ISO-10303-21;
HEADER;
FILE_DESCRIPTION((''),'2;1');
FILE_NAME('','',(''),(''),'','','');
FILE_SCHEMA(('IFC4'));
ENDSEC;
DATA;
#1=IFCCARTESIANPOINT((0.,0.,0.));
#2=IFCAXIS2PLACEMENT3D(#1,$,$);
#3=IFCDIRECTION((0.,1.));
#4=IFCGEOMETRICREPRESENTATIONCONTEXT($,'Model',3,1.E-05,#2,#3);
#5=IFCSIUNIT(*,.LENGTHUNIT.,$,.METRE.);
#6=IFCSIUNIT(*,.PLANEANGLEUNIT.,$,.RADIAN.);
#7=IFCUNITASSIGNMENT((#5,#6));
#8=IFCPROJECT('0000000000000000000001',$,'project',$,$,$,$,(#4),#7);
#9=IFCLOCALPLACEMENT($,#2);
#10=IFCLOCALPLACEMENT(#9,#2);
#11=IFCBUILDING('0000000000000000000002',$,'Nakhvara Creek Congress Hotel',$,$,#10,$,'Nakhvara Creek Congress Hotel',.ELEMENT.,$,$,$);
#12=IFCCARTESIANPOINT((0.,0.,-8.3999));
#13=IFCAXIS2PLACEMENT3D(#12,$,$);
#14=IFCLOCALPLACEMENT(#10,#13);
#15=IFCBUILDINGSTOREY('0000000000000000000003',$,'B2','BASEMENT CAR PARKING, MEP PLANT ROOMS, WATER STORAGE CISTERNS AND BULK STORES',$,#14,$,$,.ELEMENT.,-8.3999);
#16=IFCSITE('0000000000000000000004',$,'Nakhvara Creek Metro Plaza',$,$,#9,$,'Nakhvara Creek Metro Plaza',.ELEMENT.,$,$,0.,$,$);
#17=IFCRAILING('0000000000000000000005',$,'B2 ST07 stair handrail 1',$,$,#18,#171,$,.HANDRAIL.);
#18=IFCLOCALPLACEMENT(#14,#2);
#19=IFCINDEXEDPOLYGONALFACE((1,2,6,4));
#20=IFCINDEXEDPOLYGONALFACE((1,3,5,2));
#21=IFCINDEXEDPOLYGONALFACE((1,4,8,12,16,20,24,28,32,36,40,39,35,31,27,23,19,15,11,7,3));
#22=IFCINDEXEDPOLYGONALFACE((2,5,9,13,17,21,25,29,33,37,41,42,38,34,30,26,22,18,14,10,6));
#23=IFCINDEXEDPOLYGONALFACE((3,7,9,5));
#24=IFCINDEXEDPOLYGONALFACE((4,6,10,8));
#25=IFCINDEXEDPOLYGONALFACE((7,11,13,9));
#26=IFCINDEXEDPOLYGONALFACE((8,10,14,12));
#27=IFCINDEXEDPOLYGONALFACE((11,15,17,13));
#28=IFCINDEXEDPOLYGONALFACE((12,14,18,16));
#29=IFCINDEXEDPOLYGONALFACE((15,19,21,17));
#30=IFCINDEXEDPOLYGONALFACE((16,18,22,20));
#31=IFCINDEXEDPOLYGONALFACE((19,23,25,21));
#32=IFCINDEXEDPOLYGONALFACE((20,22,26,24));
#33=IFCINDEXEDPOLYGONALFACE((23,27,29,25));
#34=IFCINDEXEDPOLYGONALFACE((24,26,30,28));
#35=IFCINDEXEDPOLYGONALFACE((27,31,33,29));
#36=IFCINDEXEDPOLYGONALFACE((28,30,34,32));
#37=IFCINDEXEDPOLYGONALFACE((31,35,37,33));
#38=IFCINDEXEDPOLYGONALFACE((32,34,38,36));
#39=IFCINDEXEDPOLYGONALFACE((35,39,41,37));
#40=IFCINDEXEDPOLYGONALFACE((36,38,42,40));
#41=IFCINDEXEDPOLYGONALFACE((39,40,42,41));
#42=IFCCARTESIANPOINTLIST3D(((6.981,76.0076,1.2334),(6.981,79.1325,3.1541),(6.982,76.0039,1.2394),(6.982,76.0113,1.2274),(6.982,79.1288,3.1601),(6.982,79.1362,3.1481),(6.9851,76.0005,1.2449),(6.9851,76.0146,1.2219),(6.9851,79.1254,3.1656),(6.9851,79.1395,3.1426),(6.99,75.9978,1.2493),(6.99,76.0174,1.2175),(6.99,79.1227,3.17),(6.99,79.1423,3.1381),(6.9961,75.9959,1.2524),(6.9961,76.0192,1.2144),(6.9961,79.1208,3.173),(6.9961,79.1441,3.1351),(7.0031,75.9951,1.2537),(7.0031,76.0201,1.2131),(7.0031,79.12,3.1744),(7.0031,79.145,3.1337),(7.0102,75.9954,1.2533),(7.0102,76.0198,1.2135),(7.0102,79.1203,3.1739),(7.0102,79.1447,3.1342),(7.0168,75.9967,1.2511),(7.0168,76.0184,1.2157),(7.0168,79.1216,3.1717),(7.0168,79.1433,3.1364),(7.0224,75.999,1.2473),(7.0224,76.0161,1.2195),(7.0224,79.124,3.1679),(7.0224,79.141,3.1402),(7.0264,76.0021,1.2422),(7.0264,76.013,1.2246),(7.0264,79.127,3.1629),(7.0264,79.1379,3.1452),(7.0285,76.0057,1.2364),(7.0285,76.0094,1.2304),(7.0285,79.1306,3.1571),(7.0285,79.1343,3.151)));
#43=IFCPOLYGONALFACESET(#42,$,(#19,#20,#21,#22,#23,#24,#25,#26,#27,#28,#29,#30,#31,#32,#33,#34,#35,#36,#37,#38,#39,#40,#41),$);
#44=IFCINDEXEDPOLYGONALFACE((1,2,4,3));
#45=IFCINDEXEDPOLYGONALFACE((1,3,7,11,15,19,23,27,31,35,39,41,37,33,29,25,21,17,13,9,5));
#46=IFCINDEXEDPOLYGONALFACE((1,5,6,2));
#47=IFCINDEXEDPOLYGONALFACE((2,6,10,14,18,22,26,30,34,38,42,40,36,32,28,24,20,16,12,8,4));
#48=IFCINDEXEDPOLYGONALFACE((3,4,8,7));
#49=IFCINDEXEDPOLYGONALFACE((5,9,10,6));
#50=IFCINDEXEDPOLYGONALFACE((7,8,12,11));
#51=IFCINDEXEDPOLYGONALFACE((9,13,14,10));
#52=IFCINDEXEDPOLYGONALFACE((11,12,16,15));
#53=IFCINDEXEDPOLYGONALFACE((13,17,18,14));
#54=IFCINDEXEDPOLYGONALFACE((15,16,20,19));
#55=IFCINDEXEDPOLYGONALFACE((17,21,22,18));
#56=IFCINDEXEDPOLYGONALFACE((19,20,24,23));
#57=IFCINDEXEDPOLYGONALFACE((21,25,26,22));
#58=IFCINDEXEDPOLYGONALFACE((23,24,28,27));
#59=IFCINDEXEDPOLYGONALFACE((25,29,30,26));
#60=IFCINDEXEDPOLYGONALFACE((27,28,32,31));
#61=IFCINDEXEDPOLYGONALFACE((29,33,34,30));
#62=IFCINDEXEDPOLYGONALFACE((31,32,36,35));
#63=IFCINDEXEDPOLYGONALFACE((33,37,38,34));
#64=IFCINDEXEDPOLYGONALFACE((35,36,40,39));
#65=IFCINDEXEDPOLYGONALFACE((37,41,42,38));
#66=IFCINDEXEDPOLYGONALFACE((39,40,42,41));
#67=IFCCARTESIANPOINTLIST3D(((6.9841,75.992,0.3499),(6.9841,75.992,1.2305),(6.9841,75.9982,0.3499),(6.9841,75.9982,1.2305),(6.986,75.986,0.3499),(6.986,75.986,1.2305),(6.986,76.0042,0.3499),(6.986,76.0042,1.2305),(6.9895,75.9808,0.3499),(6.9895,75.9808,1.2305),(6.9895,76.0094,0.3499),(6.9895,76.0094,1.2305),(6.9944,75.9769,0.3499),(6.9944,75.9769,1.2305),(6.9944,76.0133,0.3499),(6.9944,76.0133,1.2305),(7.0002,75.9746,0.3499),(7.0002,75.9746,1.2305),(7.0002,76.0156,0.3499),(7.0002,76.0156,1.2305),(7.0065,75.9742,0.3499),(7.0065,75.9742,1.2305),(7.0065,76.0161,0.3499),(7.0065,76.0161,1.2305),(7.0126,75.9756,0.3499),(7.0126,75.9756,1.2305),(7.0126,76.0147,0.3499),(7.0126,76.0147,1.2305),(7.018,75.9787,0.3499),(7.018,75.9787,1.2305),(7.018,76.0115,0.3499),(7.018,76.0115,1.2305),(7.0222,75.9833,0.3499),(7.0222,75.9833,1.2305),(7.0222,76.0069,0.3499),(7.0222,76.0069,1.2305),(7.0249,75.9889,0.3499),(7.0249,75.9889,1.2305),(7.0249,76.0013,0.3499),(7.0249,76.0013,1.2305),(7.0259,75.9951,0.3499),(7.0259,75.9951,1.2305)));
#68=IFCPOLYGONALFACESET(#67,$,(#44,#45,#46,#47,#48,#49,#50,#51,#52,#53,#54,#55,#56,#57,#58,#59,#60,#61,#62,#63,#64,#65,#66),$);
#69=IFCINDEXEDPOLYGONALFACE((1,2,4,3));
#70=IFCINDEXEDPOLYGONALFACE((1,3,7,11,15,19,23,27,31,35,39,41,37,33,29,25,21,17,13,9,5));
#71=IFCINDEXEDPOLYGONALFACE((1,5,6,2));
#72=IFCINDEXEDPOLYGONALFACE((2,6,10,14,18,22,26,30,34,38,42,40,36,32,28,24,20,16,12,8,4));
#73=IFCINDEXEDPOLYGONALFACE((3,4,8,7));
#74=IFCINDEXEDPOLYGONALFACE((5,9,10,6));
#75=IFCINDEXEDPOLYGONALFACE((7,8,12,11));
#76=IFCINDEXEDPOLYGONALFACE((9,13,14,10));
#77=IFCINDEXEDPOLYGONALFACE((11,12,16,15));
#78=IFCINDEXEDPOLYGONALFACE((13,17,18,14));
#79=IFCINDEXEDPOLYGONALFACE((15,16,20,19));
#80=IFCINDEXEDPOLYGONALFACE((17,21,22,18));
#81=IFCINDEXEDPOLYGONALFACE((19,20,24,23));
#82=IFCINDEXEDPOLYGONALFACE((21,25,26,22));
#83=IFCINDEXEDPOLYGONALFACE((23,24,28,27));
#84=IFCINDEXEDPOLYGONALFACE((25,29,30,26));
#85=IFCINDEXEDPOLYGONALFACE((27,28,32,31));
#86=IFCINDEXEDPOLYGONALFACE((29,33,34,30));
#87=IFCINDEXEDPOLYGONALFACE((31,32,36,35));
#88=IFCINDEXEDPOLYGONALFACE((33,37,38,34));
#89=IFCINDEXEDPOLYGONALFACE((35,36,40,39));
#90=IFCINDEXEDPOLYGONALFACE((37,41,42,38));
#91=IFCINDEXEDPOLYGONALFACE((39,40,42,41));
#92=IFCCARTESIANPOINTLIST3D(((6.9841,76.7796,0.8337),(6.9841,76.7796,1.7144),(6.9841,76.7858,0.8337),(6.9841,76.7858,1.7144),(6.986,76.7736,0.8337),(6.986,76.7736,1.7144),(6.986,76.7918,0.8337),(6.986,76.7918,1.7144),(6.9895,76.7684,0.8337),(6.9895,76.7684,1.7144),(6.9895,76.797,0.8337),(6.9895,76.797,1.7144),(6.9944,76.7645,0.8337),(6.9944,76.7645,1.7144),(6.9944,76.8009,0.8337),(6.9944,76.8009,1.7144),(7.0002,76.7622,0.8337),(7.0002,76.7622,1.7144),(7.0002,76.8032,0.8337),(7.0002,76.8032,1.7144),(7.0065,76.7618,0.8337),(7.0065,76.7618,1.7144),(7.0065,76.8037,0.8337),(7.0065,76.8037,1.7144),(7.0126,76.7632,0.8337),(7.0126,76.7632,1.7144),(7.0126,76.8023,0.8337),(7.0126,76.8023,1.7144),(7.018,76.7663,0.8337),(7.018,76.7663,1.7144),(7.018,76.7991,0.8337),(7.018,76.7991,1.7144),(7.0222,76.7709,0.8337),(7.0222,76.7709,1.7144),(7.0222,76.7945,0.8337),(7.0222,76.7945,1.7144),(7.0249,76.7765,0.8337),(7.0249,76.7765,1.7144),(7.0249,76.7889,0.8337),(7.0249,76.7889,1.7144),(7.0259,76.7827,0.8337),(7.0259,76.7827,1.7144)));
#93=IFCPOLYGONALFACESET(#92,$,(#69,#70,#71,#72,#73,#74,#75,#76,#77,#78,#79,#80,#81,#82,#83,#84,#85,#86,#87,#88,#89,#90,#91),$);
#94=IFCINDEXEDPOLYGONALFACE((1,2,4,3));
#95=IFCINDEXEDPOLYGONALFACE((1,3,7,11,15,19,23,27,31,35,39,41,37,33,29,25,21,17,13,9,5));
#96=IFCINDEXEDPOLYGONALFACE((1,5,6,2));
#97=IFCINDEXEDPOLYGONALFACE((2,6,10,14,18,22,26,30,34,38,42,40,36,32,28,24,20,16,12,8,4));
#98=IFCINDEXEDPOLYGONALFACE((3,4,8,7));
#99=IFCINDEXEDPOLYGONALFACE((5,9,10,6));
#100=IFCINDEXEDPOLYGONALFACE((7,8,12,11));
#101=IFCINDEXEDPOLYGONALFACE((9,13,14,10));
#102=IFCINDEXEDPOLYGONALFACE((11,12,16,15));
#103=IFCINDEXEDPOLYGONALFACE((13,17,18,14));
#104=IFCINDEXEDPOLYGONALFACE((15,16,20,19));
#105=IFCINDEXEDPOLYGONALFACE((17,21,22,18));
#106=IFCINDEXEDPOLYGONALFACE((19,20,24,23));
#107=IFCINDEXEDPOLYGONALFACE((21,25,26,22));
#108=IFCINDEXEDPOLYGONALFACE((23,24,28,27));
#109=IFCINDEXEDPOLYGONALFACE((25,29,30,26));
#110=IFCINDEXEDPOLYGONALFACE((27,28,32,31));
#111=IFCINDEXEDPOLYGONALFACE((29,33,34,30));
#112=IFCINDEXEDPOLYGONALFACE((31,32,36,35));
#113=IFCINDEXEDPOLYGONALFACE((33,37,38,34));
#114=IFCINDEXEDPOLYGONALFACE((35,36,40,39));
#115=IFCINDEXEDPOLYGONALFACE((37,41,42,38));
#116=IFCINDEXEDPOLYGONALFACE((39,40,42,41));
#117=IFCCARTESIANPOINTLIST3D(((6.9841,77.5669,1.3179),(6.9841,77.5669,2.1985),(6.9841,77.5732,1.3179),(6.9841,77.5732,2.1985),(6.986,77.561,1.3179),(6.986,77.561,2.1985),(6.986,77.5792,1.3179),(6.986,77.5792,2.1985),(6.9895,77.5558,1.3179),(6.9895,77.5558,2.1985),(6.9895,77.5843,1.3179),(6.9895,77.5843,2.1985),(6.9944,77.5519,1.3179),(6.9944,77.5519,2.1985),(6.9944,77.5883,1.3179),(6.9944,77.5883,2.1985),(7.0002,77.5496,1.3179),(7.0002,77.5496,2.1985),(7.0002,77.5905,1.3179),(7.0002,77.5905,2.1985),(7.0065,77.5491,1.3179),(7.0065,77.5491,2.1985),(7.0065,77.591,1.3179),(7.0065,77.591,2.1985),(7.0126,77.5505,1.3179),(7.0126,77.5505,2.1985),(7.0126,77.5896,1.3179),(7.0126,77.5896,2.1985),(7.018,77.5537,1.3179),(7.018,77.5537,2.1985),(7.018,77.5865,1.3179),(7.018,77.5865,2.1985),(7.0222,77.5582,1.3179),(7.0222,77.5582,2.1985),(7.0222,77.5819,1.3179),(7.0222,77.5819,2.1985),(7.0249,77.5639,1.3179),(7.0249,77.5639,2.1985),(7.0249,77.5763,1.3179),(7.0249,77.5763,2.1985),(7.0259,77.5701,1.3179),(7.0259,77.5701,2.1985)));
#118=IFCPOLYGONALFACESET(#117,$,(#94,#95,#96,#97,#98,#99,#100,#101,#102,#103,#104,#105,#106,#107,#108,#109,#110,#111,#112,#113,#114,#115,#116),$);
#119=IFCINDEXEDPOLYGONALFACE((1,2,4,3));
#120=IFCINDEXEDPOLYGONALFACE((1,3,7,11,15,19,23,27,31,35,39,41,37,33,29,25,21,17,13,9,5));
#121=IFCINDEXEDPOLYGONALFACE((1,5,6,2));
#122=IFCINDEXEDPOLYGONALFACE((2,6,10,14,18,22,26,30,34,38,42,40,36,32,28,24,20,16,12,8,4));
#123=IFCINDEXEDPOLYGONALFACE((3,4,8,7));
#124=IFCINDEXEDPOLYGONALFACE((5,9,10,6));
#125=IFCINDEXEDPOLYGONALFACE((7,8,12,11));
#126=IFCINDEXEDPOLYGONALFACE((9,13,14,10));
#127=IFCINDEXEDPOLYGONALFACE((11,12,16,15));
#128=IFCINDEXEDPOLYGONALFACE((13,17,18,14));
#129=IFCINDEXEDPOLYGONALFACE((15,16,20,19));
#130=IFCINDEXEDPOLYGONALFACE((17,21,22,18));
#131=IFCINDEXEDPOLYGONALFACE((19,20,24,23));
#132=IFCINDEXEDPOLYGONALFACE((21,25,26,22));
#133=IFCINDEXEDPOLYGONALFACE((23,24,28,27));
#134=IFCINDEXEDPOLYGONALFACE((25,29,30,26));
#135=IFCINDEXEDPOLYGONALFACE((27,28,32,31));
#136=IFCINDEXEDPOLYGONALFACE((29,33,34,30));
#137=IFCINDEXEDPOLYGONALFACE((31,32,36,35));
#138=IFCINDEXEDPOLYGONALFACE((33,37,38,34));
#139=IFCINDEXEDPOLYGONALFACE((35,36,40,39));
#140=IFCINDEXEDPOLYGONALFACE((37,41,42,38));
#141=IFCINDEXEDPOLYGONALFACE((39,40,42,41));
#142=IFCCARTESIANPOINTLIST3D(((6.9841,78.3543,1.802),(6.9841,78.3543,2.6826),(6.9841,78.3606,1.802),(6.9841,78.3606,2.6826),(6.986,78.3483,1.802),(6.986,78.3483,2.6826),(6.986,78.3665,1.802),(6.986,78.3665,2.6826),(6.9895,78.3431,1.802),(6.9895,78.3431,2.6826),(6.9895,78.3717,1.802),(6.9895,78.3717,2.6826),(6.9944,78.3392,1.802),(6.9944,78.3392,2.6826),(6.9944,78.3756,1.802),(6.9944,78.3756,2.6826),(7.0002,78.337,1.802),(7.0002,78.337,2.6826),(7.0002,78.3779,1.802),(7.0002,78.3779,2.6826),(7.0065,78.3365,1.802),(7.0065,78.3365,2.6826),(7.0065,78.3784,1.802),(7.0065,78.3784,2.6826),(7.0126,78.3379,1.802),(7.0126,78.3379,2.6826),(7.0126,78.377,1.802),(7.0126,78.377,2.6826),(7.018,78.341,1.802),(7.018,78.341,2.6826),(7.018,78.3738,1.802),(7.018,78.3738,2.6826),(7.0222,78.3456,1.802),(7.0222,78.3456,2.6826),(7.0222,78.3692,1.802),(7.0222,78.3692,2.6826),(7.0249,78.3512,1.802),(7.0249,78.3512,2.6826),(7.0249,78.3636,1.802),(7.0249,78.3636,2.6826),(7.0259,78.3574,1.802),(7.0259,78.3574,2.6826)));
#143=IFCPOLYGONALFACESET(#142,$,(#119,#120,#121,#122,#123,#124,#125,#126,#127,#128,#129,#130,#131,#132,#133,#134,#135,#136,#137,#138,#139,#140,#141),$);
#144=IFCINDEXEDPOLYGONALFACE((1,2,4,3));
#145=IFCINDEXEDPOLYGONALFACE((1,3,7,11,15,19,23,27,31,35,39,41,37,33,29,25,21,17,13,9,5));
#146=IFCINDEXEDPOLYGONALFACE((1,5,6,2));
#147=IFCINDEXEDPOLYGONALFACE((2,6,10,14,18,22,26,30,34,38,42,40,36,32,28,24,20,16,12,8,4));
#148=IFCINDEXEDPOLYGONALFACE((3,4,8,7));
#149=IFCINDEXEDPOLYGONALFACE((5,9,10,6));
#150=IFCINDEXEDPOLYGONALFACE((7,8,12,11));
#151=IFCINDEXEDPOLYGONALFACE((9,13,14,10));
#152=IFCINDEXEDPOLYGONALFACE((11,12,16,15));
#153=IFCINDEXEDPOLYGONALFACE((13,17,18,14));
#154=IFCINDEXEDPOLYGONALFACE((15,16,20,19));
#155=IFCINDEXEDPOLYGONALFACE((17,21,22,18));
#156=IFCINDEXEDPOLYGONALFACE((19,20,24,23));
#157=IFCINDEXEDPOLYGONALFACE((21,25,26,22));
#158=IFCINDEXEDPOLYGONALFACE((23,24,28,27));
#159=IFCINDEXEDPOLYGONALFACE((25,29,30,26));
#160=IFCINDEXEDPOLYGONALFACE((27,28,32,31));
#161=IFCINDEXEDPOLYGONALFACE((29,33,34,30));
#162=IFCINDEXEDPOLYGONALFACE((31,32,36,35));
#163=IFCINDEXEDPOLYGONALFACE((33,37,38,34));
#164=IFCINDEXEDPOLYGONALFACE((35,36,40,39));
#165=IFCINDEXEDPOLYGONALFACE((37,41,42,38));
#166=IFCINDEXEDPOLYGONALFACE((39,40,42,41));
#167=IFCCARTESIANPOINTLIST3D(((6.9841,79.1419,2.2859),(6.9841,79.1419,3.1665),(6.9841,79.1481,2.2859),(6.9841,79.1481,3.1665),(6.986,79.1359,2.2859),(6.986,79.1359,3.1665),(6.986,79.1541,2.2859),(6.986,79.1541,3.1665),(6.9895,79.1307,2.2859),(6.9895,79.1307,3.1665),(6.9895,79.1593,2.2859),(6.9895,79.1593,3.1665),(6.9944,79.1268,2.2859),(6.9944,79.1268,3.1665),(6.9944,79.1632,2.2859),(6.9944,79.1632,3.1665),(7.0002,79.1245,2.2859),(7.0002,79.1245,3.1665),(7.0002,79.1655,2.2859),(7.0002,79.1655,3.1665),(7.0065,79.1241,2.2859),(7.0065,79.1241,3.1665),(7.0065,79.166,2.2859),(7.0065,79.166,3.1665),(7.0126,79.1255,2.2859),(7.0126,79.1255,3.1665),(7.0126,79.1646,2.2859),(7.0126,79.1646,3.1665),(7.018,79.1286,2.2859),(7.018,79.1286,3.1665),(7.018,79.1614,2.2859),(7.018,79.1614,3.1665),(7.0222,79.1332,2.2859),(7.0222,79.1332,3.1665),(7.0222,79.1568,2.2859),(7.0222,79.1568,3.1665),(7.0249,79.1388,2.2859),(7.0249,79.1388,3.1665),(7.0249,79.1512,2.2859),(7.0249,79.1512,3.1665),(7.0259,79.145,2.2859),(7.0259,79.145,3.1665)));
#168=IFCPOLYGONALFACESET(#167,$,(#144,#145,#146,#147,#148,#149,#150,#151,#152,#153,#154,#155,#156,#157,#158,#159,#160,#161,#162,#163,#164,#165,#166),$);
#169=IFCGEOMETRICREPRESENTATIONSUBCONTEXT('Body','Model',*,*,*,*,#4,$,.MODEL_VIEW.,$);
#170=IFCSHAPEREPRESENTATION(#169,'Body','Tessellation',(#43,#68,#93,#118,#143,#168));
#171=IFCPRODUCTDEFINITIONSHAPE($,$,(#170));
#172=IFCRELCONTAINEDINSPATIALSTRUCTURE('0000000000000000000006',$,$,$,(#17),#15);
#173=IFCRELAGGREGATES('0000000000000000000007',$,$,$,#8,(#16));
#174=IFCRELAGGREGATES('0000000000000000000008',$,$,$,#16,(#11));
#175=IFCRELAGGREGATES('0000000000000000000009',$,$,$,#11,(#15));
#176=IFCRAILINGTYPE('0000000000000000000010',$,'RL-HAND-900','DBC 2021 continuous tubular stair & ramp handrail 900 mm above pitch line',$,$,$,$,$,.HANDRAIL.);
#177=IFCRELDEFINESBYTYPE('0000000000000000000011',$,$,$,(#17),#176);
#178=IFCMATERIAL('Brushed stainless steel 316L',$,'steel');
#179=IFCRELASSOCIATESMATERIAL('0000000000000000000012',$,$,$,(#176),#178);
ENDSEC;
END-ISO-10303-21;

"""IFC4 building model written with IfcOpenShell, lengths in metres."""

from ifc_helpers import new_model, si_unit, direction, frame, origin, origin_2d, place, context, subcontext, project, spatial, circle, extrude, material, type_object, element, save


model = new_model("IFC4")

# Units and contexts
model_context = context("Model", 3, precision=1e-05, world=origin(), true_north=direction((0.0, 1.0)))
body_context = subcontext(model_context, "Body", "Model", "MODEL_VIEW")
ifc_project = project(units=[si_unit("LENGTHUNIT", "METRE"), si_unit("PLANEANGLEUNIT", "RADIAN")], contexts=[model_context])

# Site, building, storey
site_placement = place(None, origin())
site = spatial("IfcSite", under=ifc_project, at=site_placement, Name="Nakhvara Creek Metro Plaza", LongName="Nakhvara Creek Metro Plaza", CompositionType="ELEMENT", RefElevation=0.0)
building_placement = place(site_placement, origin())
building = spatial("IfcBuilding", under=site, at=building_placement, Name="Nakhvara Creek Congress Hotel", LongName="Nakhvara Creek Congress Hotel", CompositionType="ELEMENT")
storey_placement = place(building_placement, frame((0.0, 0.0, -8.3999)))
storey = spatial("IfcBuildingStorey", under=building, at=storey_placement, Name="B2", Description="BASEMENT CAR PARKING, MEP PLANT ROOMS, WATER STORAGE CISTERNS AND BULK STORES", CompositionType="ELEMENT", Elevation=-8.3999)

# Railing
ifc_material_1 = material(Name="Brushed stainless steel 316L", Category="steel")
railing_type_1 = type_object("IfcRailingType", Name="RL-HAND-900", Description="DBC 2021 continuous tubular stair & ramp handrail 900 mm above pitch line", PredefinedType="HANDRAIL", material=ifc_material_1)
railing_1_placement = place(storey_placement, frame((7.0049, 75.9951, 0.3499)))
element("IfcRailing", 1, at=railing_1_placement, inside=storey, type_object=railing_type_1, Name="B2 ST07 stair handrail 1", PredefinedType="HANDRAIL", context=body_context, shape_type="SweptSolid", body=[
    extrude(circle(Radius=0.0239, at=origin_2d()), frame((0.0, 0.0125, 0.8835), z_axis=(0.0, 0.851944, 0.523633), x_axis=(-1.0, 0.0, 0.0)), (0.0, 0.0, 1.0), 3.668),
    extrude(circle(Radius=0.021, at=origin_2d()), origin(), (0.0, 0.0, 1.0), 0.8806),
    extrude(circle(Radius=0.021, at=origin_2d()), frame((0.0, 0.7876, 0.4839)), (0.0, 0.0, 1.0), 0.8806),
    extrude(circle(Radius=0.021, at=origin_2d()), frame((0.0, 1.575, 0.968)), (0.0, 0.0, 1.0), 0.8806),
    extrude(circle(Radius=0.021, at=origin_2d()), frame((0.0, 2.3623, 1.4521)), (0.0, 0.0, 1.0), 0.8806),
    extrude(circle(Radius=0.021, at=origin_2d()), frame((0.0, 3.1499, 1.936)), (0.0, 0.0, 1.0), 0.8806),
])

save(model, "model.ifc")
